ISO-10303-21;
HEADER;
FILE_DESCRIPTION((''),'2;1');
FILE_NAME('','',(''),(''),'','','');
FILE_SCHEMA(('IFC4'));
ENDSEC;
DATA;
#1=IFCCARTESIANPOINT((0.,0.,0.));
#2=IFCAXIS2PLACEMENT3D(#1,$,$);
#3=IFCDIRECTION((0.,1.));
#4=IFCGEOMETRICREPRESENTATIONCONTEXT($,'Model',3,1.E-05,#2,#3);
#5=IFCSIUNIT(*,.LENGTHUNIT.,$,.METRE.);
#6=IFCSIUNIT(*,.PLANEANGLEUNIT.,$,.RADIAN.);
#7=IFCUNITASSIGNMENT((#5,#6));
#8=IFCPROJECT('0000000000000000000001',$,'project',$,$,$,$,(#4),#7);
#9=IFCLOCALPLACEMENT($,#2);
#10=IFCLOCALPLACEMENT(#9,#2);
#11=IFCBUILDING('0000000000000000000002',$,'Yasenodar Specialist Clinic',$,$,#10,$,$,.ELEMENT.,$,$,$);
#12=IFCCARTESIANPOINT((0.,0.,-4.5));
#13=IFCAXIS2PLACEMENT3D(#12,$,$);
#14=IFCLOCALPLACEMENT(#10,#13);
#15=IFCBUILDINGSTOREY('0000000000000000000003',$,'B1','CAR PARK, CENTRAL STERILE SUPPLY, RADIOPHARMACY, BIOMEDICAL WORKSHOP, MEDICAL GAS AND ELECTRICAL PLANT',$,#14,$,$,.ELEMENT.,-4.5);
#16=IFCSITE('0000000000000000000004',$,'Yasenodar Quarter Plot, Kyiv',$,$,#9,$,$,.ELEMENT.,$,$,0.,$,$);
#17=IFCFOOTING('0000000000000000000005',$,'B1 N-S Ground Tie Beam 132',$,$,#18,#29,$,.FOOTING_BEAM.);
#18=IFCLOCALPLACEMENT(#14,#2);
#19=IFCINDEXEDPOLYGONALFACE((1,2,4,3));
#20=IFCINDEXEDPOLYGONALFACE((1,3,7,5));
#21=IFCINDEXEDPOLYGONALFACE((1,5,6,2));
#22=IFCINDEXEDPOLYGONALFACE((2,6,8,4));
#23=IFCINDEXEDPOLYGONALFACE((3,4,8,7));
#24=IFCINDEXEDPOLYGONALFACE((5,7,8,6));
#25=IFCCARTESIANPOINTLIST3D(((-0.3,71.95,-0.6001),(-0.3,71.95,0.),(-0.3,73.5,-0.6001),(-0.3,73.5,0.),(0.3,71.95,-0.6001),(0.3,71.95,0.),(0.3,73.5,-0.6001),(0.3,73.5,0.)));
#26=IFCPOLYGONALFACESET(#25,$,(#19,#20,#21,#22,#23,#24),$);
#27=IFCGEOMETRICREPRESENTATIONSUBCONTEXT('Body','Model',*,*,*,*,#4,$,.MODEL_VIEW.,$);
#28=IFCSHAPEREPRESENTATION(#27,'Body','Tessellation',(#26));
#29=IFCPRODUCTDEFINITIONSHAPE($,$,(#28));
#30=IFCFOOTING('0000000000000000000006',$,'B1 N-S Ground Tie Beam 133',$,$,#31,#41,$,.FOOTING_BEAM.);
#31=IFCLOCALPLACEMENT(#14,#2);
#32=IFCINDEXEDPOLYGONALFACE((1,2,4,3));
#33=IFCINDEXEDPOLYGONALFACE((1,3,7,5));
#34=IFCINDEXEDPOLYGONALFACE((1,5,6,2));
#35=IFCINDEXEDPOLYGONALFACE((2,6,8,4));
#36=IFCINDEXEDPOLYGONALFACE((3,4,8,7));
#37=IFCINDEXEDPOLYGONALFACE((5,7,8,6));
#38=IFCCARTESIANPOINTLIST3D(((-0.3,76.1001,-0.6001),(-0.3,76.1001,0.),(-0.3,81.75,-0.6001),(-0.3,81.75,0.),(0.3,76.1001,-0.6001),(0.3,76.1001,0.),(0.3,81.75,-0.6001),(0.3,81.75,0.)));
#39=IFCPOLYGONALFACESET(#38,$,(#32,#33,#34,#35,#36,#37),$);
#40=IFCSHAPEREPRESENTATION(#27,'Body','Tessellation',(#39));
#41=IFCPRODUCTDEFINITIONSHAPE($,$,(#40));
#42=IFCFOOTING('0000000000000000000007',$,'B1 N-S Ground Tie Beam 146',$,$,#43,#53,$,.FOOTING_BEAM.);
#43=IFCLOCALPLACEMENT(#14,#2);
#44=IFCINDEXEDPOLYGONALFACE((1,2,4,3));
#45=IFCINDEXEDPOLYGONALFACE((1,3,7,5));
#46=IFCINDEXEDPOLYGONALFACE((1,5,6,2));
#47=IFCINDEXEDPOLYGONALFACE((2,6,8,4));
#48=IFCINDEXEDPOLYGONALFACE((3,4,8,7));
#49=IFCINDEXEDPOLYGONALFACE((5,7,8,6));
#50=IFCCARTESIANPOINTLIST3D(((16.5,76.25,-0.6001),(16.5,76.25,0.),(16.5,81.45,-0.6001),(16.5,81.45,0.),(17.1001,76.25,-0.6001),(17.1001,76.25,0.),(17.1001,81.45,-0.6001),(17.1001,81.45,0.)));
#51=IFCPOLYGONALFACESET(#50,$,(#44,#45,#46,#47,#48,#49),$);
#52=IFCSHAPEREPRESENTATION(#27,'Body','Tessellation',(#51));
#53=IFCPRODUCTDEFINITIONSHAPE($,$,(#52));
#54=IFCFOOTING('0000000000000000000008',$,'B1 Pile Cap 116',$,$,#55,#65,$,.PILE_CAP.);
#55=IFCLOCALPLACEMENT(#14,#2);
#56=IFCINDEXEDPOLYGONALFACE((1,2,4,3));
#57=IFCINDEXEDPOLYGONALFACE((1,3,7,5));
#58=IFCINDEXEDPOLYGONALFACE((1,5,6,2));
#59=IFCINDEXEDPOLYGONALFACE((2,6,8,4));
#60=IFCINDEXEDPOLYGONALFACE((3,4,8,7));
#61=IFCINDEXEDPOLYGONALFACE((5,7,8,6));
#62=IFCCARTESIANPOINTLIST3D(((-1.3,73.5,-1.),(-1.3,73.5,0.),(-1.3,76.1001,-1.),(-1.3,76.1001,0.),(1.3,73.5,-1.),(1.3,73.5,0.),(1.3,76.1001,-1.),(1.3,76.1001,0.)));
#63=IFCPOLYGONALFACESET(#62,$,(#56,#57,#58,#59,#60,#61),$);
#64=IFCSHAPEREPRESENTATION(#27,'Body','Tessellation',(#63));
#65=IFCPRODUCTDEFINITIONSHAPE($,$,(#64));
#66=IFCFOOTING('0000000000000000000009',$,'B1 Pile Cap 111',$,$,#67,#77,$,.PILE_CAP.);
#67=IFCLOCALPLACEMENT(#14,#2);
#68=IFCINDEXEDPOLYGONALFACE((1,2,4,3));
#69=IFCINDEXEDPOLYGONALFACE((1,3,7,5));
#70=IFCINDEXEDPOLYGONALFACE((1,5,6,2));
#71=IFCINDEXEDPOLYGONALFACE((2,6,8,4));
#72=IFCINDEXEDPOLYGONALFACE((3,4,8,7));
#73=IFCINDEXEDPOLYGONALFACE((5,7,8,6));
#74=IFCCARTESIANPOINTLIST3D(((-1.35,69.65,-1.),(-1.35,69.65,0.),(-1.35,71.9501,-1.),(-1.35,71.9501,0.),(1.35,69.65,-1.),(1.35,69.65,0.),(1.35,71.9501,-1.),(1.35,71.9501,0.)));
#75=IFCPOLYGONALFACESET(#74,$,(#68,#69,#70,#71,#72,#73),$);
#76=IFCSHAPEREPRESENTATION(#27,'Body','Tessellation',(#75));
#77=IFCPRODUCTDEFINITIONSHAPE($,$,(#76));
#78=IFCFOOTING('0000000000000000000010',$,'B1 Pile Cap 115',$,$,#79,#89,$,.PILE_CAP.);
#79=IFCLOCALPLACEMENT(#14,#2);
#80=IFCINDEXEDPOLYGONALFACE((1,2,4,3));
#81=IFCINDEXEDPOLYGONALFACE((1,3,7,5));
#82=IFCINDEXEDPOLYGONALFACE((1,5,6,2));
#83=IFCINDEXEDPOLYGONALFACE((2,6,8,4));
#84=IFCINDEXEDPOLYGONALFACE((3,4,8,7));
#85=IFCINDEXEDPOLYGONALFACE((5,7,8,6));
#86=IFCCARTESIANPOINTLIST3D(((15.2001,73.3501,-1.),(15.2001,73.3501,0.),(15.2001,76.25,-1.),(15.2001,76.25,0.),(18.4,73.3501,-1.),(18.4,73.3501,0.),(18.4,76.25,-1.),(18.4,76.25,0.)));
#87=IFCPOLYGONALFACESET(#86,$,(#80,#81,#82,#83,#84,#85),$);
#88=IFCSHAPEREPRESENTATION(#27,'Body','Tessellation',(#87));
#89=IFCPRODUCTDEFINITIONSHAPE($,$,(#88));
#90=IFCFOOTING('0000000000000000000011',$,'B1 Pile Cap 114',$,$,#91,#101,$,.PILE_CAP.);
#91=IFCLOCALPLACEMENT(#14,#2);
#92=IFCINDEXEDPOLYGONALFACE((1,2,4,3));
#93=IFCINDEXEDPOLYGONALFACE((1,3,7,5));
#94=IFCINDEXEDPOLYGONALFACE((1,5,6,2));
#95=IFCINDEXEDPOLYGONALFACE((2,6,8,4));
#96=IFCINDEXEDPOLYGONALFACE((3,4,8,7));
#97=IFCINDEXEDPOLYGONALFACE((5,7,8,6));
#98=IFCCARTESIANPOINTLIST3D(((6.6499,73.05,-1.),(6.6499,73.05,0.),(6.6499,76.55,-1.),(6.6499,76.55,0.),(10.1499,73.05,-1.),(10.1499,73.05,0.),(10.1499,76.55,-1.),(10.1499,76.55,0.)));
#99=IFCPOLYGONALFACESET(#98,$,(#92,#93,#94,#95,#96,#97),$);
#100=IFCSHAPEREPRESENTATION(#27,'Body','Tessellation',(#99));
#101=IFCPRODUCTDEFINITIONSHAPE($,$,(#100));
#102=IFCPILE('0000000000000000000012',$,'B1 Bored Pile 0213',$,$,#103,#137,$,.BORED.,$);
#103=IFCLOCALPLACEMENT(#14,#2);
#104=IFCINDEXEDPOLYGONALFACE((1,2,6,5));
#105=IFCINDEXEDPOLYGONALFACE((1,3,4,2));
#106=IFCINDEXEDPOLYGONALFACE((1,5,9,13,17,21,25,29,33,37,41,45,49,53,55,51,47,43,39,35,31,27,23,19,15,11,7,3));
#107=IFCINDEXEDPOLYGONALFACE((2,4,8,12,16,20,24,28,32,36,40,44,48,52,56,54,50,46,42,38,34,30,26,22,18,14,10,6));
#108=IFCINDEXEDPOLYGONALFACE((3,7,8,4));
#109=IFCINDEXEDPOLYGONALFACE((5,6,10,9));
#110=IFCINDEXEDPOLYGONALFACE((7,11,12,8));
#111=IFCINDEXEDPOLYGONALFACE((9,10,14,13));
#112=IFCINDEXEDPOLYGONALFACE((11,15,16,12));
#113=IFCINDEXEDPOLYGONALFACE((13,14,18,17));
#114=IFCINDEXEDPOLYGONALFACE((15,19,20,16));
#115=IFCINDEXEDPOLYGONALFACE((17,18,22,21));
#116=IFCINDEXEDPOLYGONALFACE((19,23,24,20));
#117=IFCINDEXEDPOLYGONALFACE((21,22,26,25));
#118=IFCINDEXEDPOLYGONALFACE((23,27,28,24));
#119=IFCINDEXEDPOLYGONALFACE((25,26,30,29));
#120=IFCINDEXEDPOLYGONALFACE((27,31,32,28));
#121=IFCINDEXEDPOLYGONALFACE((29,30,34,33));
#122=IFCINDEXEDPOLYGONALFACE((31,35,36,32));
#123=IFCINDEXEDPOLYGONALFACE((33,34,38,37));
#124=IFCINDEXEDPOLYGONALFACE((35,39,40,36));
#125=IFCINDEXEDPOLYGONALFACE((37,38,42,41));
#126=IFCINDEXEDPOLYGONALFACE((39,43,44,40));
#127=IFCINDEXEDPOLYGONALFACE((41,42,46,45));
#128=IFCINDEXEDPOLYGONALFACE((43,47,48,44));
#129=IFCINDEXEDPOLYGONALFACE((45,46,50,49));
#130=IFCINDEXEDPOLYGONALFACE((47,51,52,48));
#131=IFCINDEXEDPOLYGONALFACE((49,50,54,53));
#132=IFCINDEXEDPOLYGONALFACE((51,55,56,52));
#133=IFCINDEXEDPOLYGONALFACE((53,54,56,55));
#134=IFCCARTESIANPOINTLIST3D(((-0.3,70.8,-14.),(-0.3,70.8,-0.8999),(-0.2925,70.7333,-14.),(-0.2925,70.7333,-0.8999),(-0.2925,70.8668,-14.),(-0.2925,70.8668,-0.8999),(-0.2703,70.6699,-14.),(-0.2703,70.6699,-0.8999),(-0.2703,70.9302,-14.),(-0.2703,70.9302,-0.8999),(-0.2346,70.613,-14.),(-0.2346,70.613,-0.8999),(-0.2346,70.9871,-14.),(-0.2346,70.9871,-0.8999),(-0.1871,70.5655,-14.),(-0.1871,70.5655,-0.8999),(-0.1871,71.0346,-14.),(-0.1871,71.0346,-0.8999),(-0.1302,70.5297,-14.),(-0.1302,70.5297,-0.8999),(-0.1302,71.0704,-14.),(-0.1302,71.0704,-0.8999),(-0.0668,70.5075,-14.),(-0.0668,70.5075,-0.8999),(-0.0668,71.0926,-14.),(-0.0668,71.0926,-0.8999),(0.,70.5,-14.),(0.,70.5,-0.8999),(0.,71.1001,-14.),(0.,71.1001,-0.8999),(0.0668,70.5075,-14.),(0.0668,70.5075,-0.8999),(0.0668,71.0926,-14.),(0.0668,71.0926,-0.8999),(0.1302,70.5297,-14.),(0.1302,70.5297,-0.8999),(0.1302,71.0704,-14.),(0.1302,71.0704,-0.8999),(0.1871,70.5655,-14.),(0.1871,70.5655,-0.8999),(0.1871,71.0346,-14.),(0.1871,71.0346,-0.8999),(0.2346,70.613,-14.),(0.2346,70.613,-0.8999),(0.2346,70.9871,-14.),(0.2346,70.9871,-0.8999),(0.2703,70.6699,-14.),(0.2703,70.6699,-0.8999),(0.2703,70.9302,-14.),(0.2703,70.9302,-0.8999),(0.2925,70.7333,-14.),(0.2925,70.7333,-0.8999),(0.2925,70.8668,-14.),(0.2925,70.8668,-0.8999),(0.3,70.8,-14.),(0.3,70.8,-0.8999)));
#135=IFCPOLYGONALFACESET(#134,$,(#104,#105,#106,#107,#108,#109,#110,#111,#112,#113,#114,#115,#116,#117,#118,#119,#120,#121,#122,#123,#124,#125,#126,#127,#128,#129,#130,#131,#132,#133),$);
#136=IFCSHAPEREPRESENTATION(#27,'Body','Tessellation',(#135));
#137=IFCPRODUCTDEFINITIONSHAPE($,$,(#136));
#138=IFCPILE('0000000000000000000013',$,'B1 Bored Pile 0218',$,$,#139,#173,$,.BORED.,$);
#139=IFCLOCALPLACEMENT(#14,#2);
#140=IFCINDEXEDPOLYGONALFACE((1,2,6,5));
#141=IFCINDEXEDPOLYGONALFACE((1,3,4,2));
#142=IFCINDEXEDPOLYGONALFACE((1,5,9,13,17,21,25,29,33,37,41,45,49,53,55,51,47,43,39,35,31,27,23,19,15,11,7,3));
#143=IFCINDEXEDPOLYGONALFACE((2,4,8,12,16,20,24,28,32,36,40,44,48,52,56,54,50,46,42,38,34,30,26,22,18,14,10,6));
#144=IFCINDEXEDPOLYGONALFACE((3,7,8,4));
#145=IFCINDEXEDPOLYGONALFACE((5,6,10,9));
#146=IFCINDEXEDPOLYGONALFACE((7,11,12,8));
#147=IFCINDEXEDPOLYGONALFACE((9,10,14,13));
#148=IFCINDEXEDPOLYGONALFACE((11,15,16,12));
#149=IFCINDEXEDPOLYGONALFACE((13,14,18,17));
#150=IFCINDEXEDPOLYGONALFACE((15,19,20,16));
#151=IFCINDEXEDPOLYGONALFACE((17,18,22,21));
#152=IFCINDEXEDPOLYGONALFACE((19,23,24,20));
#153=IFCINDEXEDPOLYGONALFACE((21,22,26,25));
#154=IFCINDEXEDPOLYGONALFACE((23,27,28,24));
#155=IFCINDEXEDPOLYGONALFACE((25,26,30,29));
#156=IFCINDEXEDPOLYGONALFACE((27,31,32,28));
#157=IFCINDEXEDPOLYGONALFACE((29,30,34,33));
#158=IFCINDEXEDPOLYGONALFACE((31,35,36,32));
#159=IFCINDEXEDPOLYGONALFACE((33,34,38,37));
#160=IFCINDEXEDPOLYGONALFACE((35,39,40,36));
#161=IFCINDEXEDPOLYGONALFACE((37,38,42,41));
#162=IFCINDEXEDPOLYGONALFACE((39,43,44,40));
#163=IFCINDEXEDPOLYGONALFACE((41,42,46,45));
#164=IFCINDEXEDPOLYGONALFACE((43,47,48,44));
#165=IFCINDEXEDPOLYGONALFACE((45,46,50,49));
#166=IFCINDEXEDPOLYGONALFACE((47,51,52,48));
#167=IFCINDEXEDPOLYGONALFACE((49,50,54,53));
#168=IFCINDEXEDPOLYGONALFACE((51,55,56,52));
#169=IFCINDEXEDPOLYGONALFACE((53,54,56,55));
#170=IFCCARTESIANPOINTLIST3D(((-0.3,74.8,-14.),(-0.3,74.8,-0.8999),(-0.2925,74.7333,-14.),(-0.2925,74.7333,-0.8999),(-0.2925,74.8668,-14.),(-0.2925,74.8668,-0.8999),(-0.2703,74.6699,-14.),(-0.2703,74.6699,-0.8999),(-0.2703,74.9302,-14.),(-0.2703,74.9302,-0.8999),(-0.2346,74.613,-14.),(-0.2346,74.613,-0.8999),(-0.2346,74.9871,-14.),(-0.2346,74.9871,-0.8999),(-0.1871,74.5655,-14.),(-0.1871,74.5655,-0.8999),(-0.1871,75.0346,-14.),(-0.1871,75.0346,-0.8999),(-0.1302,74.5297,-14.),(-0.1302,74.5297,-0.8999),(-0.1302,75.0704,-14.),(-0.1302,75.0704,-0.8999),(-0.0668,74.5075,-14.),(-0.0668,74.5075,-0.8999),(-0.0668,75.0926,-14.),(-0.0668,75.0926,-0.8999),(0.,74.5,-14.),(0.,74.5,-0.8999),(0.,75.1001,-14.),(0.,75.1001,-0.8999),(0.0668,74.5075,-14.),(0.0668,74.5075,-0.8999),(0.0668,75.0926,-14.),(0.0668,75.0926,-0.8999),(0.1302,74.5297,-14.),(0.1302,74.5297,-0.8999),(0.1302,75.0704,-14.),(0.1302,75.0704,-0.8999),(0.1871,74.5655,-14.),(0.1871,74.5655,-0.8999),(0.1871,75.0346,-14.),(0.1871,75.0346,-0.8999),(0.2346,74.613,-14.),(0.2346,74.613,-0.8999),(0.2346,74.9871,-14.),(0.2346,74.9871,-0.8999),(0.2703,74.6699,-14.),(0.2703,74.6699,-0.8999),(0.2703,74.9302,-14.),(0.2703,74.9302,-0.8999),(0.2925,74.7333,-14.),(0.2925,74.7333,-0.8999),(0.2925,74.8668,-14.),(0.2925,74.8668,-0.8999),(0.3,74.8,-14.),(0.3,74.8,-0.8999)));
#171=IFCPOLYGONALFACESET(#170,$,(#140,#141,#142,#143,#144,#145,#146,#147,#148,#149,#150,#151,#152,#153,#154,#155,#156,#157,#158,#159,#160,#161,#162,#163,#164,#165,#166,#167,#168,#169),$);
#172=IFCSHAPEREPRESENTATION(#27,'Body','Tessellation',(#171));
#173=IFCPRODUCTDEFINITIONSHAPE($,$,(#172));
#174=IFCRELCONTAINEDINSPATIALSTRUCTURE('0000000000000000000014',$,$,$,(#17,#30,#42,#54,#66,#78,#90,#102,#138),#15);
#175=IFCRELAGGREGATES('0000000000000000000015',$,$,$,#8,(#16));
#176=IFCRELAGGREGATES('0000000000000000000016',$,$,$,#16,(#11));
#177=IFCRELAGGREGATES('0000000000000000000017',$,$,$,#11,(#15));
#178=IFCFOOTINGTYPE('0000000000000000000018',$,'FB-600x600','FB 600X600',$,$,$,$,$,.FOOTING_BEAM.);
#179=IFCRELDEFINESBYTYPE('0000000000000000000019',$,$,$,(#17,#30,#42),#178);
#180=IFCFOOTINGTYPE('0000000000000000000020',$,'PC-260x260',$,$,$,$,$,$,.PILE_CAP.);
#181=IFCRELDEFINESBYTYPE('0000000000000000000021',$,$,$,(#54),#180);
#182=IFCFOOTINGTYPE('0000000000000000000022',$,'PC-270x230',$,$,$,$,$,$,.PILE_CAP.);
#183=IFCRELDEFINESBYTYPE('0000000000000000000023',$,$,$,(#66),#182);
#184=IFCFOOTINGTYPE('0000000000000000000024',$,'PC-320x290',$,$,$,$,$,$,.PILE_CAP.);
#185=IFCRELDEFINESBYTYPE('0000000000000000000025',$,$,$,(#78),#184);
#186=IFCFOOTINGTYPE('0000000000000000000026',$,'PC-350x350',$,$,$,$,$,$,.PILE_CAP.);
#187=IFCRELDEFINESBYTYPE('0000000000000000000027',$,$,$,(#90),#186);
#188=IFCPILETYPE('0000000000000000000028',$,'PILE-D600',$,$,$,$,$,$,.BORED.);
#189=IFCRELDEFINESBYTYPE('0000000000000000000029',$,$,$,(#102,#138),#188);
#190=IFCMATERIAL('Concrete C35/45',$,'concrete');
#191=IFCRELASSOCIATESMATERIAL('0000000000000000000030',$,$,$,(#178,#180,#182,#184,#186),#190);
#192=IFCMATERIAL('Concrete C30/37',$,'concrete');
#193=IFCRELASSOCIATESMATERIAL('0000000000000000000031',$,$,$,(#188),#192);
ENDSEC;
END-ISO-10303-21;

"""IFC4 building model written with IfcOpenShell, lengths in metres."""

from ifc_helpers import new_model, si_unit, direction, frame, origin, origin_2d, place, context, subcontext, project, spatial, rectangle, circle, extrude, material, material_profile, profile_set, type_object, element, save


model = new_model("IFC4")

# Units and contexts
model_context = context("Model", 3, precision=1e-05, world=origin(), true_north=direction((0.0, 1.0)))
body_context = subcontext(model_context, "Body", "Model", "MODEL_VIEW")
ifc_project = project(units=[si_unit("LENGTHUNIT", "METRE"), si_unit("PLANEANGLEUNIT", "RADIAN")], contexts=[model_context])

# Site, building, storey
site_placement = place(None, origin())
site = spatial("IfcSite", under=ifc_project, at=site_placement, Name="Yasenodar Quarter Plot, Kyiv", CompositionType="ELEMENT", RefElevation=0.0)
building_placement = place(site_placement, origin())
building = spatial("IfcBuilding", under=site, at=building_placement, Name="Yasenodar Specialist Clinic", CompositionType="ELEMENT")
storey_placement = place(building_placement, frame((0.0, 0.0, -4.5)))
storey = spatial("IfcBuildingStorey", under=building, at=storey_placement, Name="B1", Description="CAR PARK, CENTRAL STERILE SUPPLY, RADIOPHARMACY, BIOMEDICAL WORKSHOP, MEDICAL GAS AND ELECTRICAL PLANT", CompositionType="ELEMENT", Elevation=-4.5)

# Footings
ifc_material_1 = material(Name="Concrete C35/45", Category="concrete")
ifc_material_profile_1 = material_profile(ifc_material_1, rectangle(XDim=0.6001, YDim=0.6001, at=origin_2d()), Name="RC 600x600")
ifc_profile_set_1 = profile_set([ifc_material_profile_1], Name="Concrete C35/45")
footing_type_1 = type_object("IfcFootingType", Name="FB-600x600", Description="FB 600X600", PredefinedType="FOOTING_BEAM", material=ifc_profile_set_1)
footing_1_placement = place(storey_placement, frame((0.0, 71.95, -0.3), z_axis=(0.0, 1.0, 0.0), x_axis=(-1.0, 0.0, 0.0)))
element("IfcFooting", 1, at=footing_1_placement, inside=storey, type_object=footing_type_1, Name="B1 N-S Ground Tie Beam 132", PredefinedType="FOOTING_BEAM", context=body_context, shape_type="SweptSolid", body=[
    extrude(rectangle(XDim=0.6001, YDim=0.6001, at=origin_2d()), origin(), (0.0, 0.0, 1.0), 1.55),
])
footing_2_placement = place(storey_placement, frame((0.0, 76.1001, -0.3), z_axis=(0.0, 1.0, 0.0), x_axis=(-1.0, 0.0, 0.0)))
element("IfcFooting", 2, at=footing_2_placement, inside=storey, type_object=footing_type_1, Name="B1 N-S Ground Tie Beam 133", PredefinedType="FOOTING_BEAM", context=body_context, shape_type="SweptSolid", body=[
    extrude(rectangle(XDim=0.6001, YDim=0.6001, at=origin_2d()), origin(), (0.0, 0.0, 1.0), 5.6499),
])
footing_3_placement = place(storey_placement, frame((16.8, 76.25, -0.3), z_axis=(0.0, 1.0, 0.0), x_axis=(-1.0, 0.0, 0.0)))
element("IfcFooting", 3, at=footing_3_placement, inside=storey, type_object=footing_type_1, Name="B1 N-S Ground Tie Beam 146", PredefinedType="FOOTING_BEAM", context=body_context, shape_type="SweptSolid", body=[
    extrude(rectangle(XDim=0.6001, YDim=0.6001, at=origin_2d()), origin(), (0.0, 0.0, 1.0), 5.2),
])
footing_type_2 = type_object("IfcFootingType", Name="PC-260x260", PredefinedType="PILE_CAP", material=ifc_material_1)
footing_4_placement = place(storey_placement, frame((0.0, 74.8, -1.0), z_axis=(0.0, 0.0, 1.0), x_axis=(1.0, 0.0, 0.0)))
element("IfcFooting", 4, at=footing_4_placement, inside=storey, type_object=footing_type_2, Name="B1 Pile Cap 116", PredefinedType="PILE_CAP", context=body_context, shape_type="SweptSolid", body=[
    extrude(rectangle(XDim=2.6001, YDim=2.6001, at=origin_2d()), origin(), (0.0, 0.0, 1.0), 1.0),
])
footing_type_3 = type_object("IfcFootingType", Name="PC-270x230", PredefinedType="PILE_CAP", material=ifc_material_1)
footing_5_placement = place(storey_placement, frame((0.0, 70.8, -1.0), z_axis=(0.0, 0.0, 1.0), x_axis=(1.0, 0.0, 0.0)))
element("IfcFooting", 5, at=footing_5_placement, inside=storey, type_object=footing_type_3, Name="B1 Pile Cap 111", PredefinedType="PILE_CAP", context=body_context, shape_type="SweptSolid", body=[
    extrude(rectangle(XDim=2.7, YDim=2.3, at=origin_2d()), origin(), (0.0, 0.0, 1.0), 1.0),
])
footing_type_4 = type_object("IfcFootingType", Name="PC-320x290", PredefinedType="PILE_CAP", material=ifc_material_1)
footing_6_placement = place(storey_placement, frame((16.8, 74.8, -1.0), z_axis=(0.0, 0.0, 1.0), x_axis=(1.0, 0.0, 0.0)))
element("IfcFooting", 6, at=footing_6_placement, inside=storey, type_object=footing_type_4, Name="B1 Pile Cap 115", PredefinedType="PILE_CAP", context=body_context, shape_type="SweptSolid", body=[
    extrude(rectangle(XDim=3.2, YDim=2.8999, at=origin_2d()), origin(), (0.0, 0.0, 1.0), 1.0),
])
footing_type_5 = type_object("IfcFootingType", Name="PC-350x350", PredefinedType="PILE_CAP", material=ifc_material_1)
footing_7_placement = place(storey_placement, frame((8.3999, 74.8, -1.0), z_axis=(0.0, 0.0, 1.0), x_axis=(1.0, 0.0, 0.0)))
element("IfcFooting", 7, at=footing_7_placement, inside=storey, type_object=footing_type_5, Name="B1 Pile Cap 114", PredefinedType="PILE_CAP", context=body_context, shape_type="SweptSolid", body=[
    extrude(rectangle(XDim=3.5, YDim=3.5, at=origin_2d()), origin(), (0.0, 0.0, 1.0), 1.0),
])

# Piles
ifc_material_2 = material(Name="Concrete C30/37", Category="concrete")
ifc_material_profile_2 = material_profile(ifc_material_2, circle(Radius=0.3, at=origin_2d()), Name="PILE D600")
ifc_profile_set_2 = profile_set([ifc_material_profile_2], Name="Concrete C30/37")
pile_type_1 = type_object("IfcPileType", Name="PILE-D600", PredefinedType="BORED", material=ifc_profile_set_2)
for number, where, z_axis, x_axis, name in (
    (8, (0.0, 70.8, -0.8999), (0.0, 0.0, -1.0), (1.0, 0.0, 0.0), "B1 Bored Pile 0213"),
    (9, (0.0, 74.8, -0.8999), (0.0, 0.0, -1.0), (1.0, 0.0, 0.0), "B1 Bored Pile 0218"),
):
    element("IfcPile", number, at=place(storey_placement, frame(where, z_axis=z_axis, x_axis=x_axis)), inside=storey, type_object=pile_type_1, Name=name, PredefinedType="BORED", context=body_context, shape_type="SweptSolid", body=[
        extrude(circle(Radius=0.3, at=origin_2d()), origin(), (0.0, 0.0, 1.0), 13.1001),
    ])

save(model, "model.ifc")
